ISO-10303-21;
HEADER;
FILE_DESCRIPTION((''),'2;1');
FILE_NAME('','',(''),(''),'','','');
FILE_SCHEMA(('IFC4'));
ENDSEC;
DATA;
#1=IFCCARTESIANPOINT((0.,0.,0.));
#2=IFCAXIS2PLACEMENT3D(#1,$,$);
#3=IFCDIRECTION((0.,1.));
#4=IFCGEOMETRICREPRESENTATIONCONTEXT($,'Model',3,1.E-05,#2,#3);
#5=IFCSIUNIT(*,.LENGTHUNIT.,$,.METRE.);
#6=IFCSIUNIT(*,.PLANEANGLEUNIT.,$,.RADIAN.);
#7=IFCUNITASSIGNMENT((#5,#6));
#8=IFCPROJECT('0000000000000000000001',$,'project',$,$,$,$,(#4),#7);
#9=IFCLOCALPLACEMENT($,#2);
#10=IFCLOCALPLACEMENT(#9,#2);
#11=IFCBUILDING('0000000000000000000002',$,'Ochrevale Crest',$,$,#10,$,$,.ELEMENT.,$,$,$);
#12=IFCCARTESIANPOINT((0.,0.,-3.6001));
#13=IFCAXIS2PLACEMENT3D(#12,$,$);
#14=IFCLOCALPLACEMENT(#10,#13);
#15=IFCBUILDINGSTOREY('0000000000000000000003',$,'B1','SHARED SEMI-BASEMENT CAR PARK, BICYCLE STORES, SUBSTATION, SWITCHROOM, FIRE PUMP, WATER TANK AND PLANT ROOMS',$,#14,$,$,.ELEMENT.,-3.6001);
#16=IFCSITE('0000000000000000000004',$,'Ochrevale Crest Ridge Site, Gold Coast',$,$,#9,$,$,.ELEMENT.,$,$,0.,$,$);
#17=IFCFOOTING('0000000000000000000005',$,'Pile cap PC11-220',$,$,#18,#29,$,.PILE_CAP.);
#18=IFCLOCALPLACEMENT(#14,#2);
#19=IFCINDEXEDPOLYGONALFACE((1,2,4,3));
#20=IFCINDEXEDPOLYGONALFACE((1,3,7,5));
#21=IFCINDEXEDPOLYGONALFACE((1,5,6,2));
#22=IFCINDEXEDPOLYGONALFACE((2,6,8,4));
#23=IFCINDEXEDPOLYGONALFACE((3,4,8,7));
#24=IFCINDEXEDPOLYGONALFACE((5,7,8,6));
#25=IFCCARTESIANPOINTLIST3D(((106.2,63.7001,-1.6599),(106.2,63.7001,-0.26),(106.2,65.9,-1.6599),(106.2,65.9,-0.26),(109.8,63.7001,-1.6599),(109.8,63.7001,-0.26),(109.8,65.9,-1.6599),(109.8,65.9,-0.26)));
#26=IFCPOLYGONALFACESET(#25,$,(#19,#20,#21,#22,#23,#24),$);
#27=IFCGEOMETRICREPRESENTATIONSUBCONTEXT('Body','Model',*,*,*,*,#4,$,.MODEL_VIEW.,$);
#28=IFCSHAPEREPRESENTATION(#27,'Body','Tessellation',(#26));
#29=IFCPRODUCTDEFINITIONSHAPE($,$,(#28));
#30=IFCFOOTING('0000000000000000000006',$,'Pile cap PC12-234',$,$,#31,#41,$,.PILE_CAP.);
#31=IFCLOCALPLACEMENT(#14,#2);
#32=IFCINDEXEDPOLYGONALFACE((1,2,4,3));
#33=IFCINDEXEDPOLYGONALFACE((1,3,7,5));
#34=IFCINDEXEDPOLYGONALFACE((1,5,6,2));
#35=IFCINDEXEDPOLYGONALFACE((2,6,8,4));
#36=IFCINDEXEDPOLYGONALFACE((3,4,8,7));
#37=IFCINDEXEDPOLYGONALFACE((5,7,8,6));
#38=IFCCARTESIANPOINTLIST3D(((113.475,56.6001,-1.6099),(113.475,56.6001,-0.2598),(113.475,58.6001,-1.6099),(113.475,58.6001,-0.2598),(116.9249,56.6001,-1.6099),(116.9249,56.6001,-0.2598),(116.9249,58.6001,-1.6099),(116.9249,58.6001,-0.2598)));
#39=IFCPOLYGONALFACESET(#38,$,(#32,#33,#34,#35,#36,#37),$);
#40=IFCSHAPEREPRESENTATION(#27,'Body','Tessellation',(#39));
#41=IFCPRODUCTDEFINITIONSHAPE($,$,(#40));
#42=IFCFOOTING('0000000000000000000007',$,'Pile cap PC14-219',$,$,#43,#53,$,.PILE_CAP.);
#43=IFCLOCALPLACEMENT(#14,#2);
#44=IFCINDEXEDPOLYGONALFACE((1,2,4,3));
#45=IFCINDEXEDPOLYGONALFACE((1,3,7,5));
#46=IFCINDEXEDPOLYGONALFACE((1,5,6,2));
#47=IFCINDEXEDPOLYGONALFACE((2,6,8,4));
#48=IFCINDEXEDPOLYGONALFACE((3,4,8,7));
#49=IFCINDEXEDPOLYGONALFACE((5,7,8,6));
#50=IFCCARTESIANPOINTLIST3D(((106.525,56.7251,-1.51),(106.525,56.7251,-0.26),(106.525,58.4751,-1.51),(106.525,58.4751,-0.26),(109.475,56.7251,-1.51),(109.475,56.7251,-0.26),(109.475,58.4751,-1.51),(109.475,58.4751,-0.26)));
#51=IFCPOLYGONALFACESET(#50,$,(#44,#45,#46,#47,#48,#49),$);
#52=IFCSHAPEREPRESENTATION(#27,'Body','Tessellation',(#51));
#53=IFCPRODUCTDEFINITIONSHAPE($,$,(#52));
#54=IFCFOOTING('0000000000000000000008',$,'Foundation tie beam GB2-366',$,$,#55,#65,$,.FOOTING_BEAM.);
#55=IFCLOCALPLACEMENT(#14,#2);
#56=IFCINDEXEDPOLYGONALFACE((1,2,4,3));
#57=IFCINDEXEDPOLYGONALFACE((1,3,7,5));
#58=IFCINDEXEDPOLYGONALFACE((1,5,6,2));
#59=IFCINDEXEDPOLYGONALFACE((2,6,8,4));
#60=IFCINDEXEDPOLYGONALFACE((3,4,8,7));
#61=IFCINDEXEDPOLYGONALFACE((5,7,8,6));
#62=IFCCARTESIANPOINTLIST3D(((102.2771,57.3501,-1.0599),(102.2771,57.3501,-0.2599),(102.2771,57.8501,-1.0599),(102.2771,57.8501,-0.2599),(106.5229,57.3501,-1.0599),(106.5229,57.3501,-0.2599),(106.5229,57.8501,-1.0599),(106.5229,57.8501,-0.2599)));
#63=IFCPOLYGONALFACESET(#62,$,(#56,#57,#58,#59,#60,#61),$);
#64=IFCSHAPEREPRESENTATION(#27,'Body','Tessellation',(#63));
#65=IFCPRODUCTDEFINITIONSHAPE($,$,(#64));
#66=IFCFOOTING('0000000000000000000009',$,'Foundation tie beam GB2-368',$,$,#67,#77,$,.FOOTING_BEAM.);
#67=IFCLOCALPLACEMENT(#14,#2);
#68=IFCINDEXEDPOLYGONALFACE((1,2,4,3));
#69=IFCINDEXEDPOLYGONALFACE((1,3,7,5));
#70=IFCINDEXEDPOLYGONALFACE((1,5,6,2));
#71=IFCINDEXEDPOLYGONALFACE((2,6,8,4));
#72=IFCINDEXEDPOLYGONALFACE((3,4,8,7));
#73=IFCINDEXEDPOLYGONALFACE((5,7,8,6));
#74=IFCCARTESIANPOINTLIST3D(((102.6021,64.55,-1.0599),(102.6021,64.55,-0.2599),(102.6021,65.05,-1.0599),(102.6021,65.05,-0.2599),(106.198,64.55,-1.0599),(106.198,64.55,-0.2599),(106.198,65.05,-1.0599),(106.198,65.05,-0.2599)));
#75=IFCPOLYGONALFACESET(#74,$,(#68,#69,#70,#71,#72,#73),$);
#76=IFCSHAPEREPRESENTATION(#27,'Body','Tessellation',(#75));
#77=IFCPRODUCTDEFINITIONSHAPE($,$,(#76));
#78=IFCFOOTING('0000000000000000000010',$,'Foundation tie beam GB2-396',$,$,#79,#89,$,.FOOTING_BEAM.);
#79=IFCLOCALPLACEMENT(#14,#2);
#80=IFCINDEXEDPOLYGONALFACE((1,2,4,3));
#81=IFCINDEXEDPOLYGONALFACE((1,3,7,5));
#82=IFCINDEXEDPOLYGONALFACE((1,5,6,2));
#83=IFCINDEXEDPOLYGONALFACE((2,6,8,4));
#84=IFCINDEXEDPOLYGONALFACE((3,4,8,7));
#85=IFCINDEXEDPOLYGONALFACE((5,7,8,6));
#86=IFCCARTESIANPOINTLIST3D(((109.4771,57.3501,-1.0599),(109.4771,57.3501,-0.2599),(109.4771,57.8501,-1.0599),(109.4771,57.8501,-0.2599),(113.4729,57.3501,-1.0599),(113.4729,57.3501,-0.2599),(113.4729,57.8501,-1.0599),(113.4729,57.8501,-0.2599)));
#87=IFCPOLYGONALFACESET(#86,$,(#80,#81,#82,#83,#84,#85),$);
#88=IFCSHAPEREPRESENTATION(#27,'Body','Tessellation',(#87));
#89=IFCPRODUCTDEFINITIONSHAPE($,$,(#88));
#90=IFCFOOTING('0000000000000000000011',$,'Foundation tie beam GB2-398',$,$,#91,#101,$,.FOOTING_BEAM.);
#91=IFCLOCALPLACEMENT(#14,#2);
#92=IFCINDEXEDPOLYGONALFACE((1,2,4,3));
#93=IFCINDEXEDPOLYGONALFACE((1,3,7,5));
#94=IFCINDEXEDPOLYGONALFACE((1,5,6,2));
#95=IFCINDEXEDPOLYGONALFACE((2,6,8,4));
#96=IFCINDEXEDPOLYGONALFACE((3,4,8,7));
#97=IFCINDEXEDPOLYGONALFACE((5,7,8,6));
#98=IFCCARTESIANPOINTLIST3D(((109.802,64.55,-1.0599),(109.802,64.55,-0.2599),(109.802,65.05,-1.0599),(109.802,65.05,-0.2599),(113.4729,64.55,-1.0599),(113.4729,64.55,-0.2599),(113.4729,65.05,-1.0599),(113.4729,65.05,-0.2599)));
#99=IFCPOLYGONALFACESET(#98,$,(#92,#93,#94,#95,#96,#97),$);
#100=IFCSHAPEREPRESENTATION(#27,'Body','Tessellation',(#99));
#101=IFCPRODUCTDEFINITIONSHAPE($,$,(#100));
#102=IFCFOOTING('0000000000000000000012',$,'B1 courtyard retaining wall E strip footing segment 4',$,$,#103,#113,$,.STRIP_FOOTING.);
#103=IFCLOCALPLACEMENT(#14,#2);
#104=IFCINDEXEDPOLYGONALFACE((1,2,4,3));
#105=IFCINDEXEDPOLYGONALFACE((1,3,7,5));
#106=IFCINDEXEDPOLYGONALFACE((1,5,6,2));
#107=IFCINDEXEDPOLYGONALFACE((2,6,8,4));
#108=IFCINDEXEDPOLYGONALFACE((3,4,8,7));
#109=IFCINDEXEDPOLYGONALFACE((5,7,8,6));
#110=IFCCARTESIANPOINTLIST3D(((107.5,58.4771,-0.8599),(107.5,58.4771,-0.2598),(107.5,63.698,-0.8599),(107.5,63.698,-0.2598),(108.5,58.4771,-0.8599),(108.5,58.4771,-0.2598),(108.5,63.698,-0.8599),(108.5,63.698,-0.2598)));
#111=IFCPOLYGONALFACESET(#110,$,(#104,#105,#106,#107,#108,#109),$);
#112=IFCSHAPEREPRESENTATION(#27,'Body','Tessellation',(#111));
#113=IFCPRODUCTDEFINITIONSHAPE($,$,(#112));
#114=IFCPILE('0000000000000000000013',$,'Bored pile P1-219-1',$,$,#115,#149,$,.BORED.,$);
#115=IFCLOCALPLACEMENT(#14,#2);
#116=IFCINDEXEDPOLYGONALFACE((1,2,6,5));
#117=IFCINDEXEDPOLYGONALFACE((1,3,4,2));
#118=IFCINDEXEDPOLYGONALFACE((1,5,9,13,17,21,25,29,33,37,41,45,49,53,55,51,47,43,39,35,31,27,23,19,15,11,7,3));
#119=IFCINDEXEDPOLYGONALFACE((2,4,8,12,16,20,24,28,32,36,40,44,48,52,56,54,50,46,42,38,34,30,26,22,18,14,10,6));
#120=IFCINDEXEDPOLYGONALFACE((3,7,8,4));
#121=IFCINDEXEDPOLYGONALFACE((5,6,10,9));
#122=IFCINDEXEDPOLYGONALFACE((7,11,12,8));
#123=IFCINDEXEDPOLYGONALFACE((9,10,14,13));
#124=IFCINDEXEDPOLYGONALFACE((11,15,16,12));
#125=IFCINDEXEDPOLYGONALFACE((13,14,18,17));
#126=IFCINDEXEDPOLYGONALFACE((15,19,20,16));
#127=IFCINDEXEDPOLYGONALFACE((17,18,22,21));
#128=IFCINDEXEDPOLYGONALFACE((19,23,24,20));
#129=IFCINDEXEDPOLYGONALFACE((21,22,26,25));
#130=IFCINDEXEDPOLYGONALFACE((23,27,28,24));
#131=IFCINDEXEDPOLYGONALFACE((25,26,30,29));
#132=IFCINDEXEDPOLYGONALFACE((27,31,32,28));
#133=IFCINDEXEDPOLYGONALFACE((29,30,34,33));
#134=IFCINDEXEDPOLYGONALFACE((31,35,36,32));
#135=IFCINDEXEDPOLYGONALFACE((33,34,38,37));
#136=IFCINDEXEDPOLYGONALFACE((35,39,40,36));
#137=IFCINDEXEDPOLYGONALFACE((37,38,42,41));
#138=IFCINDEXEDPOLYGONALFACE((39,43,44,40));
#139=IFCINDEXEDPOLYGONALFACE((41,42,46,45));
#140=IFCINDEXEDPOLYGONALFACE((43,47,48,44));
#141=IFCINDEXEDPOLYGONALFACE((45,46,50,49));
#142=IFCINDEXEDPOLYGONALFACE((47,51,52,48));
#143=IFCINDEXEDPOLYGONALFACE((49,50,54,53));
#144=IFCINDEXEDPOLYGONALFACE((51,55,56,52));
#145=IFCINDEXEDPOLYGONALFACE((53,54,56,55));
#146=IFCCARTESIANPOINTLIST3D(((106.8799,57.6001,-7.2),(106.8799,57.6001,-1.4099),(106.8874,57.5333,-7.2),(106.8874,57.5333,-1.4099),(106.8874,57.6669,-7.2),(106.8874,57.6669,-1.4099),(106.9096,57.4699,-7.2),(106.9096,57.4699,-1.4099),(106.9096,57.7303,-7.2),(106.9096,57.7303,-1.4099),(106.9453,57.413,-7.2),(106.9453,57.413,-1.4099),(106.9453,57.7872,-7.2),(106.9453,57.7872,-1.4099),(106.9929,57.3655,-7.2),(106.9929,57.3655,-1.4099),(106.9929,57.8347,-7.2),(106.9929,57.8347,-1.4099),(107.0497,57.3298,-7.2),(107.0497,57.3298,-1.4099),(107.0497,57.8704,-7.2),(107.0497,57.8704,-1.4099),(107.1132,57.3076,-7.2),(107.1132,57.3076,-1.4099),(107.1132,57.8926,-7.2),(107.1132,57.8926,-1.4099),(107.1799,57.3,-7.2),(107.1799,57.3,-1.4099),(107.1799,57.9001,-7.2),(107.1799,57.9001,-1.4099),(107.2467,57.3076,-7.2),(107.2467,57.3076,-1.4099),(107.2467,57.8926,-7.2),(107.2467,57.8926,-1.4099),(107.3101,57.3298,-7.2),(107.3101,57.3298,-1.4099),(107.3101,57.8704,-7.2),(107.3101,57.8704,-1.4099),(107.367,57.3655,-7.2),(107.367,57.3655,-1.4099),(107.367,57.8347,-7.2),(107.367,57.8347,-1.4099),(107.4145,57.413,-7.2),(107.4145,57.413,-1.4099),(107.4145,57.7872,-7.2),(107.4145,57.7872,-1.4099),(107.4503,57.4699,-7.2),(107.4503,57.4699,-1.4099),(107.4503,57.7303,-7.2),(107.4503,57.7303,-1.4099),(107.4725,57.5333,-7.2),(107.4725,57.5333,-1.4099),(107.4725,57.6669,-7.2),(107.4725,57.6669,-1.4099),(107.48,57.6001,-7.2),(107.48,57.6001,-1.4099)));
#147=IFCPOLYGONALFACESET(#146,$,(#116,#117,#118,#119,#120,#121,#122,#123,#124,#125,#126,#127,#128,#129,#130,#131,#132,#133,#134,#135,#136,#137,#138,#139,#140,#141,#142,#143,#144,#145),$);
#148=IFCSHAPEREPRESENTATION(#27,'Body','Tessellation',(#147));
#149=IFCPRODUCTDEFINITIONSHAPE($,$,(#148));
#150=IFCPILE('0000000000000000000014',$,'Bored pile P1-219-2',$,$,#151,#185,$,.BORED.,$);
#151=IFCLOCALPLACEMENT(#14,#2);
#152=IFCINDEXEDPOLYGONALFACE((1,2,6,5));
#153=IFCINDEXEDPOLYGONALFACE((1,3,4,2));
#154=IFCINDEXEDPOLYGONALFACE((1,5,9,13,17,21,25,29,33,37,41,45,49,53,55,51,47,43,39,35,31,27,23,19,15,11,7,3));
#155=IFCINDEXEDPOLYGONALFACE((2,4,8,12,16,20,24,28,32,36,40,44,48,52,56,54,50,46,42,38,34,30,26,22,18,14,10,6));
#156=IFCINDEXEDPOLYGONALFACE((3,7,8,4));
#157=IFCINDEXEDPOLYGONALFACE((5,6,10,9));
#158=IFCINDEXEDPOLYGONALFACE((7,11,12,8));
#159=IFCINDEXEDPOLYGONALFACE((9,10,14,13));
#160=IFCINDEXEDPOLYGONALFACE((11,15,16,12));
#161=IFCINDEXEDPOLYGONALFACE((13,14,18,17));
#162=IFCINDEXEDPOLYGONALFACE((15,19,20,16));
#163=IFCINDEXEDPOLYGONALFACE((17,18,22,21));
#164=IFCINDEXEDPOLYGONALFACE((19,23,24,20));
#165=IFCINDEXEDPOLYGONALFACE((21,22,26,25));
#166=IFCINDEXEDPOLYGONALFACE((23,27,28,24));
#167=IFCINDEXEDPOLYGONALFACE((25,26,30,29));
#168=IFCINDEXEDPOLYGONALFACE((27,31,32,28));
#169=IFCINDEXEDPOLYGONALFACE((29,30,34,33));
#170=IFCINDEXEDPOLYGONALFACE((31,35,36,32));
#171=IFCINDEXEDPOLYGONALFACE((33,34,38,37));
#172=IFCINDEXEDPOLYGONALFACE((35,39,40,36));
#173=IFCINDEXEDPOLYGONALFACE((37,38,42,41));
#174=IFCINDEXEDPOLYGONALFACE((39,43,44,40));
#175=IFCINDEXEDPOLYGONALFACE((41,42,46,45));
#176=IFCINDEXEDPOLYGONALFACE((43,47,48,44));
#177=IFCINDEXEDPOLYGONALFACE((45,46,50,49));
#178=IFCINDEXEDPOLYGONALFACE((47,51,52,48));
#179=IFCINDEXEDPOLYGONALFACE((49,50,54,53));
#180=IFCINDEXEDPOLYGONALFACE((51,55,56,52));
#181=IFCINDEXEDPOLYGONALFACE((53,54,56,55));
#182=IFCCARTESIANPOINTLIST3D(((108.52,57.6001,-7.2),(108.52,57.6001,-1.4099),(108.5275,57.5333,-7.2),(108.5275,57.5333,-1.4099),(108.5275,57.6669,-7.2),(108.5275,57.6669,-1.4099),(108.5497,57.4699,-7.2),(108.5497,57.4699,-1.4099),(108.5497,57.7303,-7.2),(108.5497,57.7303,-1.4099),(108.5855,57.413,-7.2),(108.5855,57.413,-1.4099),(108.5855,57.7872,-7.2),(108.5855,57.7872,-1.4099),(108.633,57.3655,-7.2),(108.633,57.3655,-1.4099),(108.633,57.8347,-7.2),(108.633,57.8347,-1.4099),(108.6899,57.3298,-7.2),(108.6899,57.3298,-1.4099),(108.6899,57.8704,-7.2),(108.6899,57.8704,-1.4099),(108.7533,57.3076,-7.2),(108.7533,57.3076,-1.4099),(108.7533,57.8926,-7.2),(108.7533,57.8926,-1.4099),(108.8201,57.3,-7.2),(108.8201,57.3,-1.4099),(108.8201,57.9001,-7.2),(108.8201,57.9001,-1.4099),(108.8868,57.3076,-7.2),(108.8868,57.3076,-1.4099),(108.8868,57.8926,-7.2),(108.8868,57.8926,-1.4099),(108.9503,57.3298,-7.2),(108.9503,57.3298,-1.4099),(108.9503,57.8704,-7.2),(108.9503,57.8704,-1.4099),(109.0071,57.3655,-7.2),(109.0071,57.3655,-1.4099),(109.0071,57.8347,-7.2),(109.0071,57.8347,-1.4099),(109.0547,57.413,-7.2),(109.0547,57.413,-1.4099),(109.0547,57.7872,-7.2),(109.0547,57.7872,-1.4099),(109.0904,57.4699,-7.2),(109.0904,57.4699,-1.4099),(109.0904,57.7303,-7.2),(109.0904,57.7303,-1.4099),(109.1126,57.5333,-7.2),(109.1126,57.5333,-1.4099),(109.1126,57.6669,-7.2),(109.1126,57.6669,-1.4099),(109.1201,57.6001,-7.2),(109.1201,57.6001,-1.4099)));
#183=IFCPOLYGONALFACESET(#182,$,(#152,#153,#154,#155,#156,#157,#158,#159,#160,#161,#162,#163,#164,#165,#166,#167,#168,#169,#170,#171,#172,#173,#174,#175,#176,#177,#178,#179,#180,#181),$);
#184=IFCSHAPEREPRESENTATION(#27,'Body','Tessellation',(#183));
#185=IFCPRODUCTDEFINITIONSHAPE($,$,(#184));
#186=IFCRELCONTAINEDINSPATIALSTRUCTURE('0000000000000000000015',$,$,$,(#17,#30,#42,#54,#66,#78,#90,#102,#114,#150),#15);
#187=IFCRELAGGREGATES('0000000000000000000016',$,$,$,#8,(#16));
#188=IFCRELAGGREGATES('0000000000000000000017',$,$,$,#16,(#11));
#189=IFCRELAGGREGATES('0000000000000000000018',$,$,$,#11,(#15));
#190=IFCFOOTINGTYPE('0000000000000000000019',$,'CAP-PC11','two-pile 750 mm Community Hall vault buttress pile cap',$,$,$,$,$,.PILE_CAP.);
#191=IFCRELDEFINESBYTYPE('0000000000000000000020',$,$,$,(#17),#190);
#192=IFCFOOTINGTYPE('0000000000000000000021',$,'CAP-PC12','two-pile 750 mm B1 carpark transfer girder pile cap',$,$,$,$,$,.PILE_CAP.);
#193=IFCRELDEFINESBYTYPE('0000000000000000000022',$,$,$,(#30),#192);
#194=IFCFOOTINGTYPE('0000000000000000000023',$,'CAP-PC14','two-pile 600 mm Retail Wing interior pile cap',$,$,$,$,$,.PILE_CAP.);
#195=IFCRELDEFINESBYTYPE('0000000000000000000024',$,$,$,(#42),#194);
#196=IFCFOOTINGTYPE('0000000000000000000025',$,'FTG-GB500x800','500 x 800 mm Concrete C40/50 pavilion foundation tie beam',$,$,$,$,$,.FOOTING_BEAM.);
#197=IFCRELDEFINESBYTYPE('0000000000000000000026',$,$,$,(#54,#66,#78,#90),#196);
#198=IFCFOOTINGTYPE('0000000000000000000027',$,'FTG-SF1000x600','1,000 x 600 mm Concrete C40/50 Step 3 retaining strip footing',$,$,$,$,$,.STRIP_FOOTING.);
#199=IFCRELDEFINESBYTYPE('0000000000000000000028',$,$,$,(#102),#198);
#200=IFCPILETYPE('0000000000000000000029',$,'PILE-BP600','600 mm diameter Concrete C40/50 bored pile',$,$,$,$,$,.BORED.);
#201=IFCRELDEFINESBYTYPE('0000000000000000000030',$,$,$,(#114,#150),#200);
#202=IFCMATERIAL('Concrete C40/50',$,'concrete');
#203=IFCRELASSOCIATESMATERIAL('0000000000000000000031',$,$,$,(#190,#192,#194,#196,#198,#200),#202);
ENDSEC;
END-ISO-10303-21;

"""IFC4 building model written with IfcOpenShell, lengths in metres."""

from ifc_helpers import new_model, si_unit, direction, frame, origin, origin_2d, place, context, subcontext, project, spatial, rectangle, circle, extrude, material, material_profile, profile_set, type_object, element, save


model = new_model("IFC4")

# Units and contexts
model_context = context("Model", 3, precision=1e-05, world=origin(), true_north=direction((0.0, 1.0)))
body_context = subcontext(model_context, "Body", "Model", "MODEL_VIEW")
ifc_project = project(units=[si_unit("LENGTHUNIT", "METRE"), si_unit("PLANEANGLEUNIT", "RADIAN")], contexts=[model_context])

# Site, building, storey
site_placement = place(None, origin())
site = spatial("IfcSite", under=ifc_project, at=site_placement, Name="Ochrevale Crest Ridge Site, Gold Coast", CompositionType="ELEMENT", RefElevation=0.0)
building_placement = place(site_placement, origin())
building = spatial("IfcBuilding", under=site, at=building_placement, Name="Ochrevale Crest", CompositionType="ELEMENT")
storey_placement = place(building_placement, frame((0.0, 0.0, -3.6001)))
storey = spatial("IfcBuildingStorey", under=building, at=storey_placement, Name="B1", Description="SHARED SEMI-BASEMENT CAR PARK, BICYCLE STORES, SUBSTATION, SWITCHROOM, FIRE PUMP, WATER TANK AND PLANT ROOMS", CompositionType="ELEMENT", Elevation=-3.6001)

# Footings
ifc_material_1 = material(Name="Concrete C40/50", Category="concrete")
footing_type_1 = type_object("IfcFootingType", Name="CAP-PC11", Description="two-pile 750 mm Community Hall vault buttress pile cap", PredefinedType="PILE_CAP", material=ifc_material_1)
footing_1_placement = place(storey_placement, frame((108.0, 64.8, -1.6599), z_axis=(0.0, 0.0, 1.0), x_axis=(1.0, 0.0, 0.0)))
element("IfcFooting", 1, at=footing_1_placement, inside=storey, type_object=footing_type_1, Name="Pile cap PC11-220", PredefinedType="PILE_CAP", context=body_context, shape_type="SweptSolid", body=[
    extrude(rectangle(XDim=3.6001, YDim=2.2, at=origin_2d()), origin(), (0.0, 0.0, 1.0), 1.3999),
])
footing_type_2 = type_object("IfcFootingType", Name="CAP-PC12", Description="two-pile 750 mm B1 carpark transfer girder pile cap", PredefinedType="PILE_CAP", material=ifc_material_1)
footing_2_placement = place(storey_placement, frame((115.2, 57.6001, -1.6099), z_axis=(0.0, 0.0, 1.0), x_axis=(1.0, 0.0, 0.0)))
element("IfcFooting", 2, at=footing_2_placement, inside=storey, type_object=footing_type_2, Name="Pile cap PC12-234", PredefinedType="PILE_CAP", context=body_context, shape_type="SweptSolid", body=[
    extrude(rectangle(XDim=3.45, YDim=2.0, at=origin_2d()), origin(), (0.0, 0.0, 1.0), 1.3501),
])
footing_type_3 = type_object("IfcFootingType", Name="CAP-PC14", Description="two-pile 600 mm Retail Wing interior pile cap", PredefinedType="PILE_CAP", material=ifc_material_1)
footing_3_placement = place(storey_placement, frame((108.0, 57.6001, -1.51), z_axis=(0.0, 0.0, 1.0), x_axis=(1.0, 0.0, 0.0)))
element("IfcFooting", 3, at=footing_3_placement, inside=storey, type_object=footing_type_3, Name="Pile cap PC14-219", PredefinedType="PILE_CAP", context=body_context, shape_type="SweptSolid", body=[
    extrude(rectangle(XDim=2.95, YDim=1.75, at=origin_2d()), origin(), (0.0, 0.0, 1.0), 1.25),
])
ifc_material_profile_1 = material_profile(ifc_material_1, rectangle(XDim=0.5, YDim=0.8, at=origin_2d()), Name="GB 500x800")
ifc_profile_set_1 = profile_set([ifc_material_profile_1], Name="Concrete C40/50")
footing_type_4 = type_object("IfcFootingType", Name="FTG-GB500x800", Description="500 x 800 mm Concrete C40/50 pavilion foundation tie beam", PredefinedType="FOOTING_BEAM", material=ifc_profile_set_1)
footing_4_placement = place(storey_placement, frame((102.2771, 57.6001, -0.6599), z_axis=(1.0, 0.0, 0.0), x_axis=(0.0, 1.0, 0.0)))
element("IfcFooting", 4, at=footing_4_placement, inside=storey, type_object=footing_type_4, Name="Foundation tie beam GB2-366", PredefinedType="FOOTING_BEAM", context=body_context, shape_type="SweptSolid", body=[
    extrude(rectangle(XDim=0.5, YDim=0.8, at=origin_2d()), origin(), (0.0, 0.0, 1.0), 4.2458),
])
footing_5_placement = place(storey_placement, frame((102.6021, 64.8, -0.6599), z_axis=(1.0, 0.0, 0.0), x_axis=(0.0, 1.0, 0.0)))
element("IfcFooting", 5, at=footing_5_placement, inside=storey, type_object=footing_type_4, Name="Foundation tie beam GB2-368", PredefinedType="FOOTING_BEAM", context=body_context, shape_type="SweptSolid", body=[
    extrude(rectangle(XDim=0.5, YDim=0.8, at=origin_2d()), origin(), (0.0, 0.0, 1.0), 3.5959),
])
footing_6_placement = place(storey_placement, frame((109.4771, 57.6001, -0.6599), z_axis=(1.0, 0.0, 0.0), x_axis=(0.0, 1.0, 0.0)))
element("IfcFooting", 6, at=footing_6_placement, inside=storey, type_object=footing_type_4, Name="Foundation tie beam GB2-396", PredefinedType="FOOTING_BEAM", context=body_context, shape_type="SweptSolid", body=[
    extrude(rectangle(XDim=0.5, YDim=0.8, at=origin_2d()), origin(), (0.0, 0.0, 1.0), 3.9958),
])
footing_7_placement = place(storey_placement, frame((109.802, 64.8, -0.6599), z_axis=(1.0, 0.0, 0.0), x_axis=(0.0, 1.0, 0.0)))
element("IfcFooting", 7, at=footing_7_placement, inside=storey, type_object=footing_type_4, Name="Foundation tie beam GB2-398", PredefinedType="FOOTING_BEAM", context=body_context, shape_type="SweptSolid", body=[
    extrude(rectangle(XDim=0.5, YDim=0.8, at=origin_2d()), origin(), (0.0, 0.0, 1.0), 3.6709),
])
ifc_material_profile_2 = material_profile(ifc_material_1, rectangle(XDim=1.0, YDim=0.6001, at=origin_2d()), Name="SF 1000x600")
ifc_profile_set_2 = profile_set([ifc_material_profile_2], Name="Concrete C40/50")
footing_type_5 = type_object("IfcFootingType", Name="FTG-SF1000x600", Description="1,000 x 600 mm Concrete C40/50 Step 3 retaining strip footing", PredefinedType="STRIP_FOOTING", material=ifc_profile_set_2)
footing_8_placement = place(storey_placement, frame((108.0, 58.4771, -0.5598), z_axis=(0.0, 1.0, 0.0), x_axis=(-1.0, 0.0, 0.0)))
element("IfcFooting", 8, at=footing_8_placement, inside=storey, type_object=footing_type_5, Name="B1 courtyard retaining wall E strip footing segment 4", PredefinedType="STRIP_FOOTING", context=body_context, shape_type="SweptSolid", body=[
    extrude(rectangle(XDim=1.0, YDim=0.6001, at=origin_2d()), origin(), (0.0, 0.0, 1.0), 5.2209),
])

# Piles
ifc_material_profile_3 = material_profile(ifc_material_1, circle(Radius=0.3, at=origin_2d()), Name="BORED PILE 600")
ifc_profile_set_3 = profile_set([ifc_material_profile_3], Name="Concrete C40/50")
pile_type_1 = type_object("IfcPileType", Name="PILE-BP600", Description="600 mm diameter Concrete C40/50 bored pile", PredefinedType="BORED", material=ifc_profile_set_3)
for number, where, z_axis, x_axis, name in (
    (9, (107.1799, 57.6001, -1.4099), (0.0, 0.0, -1.0), (1.0, 0.0, 0.0), "Bored pile P1-219-1"),
    (10, (108.8201, 57.6001, -1.4099), (0.0, 0.0, -1.0), (1.0, 0.0, 0.0), "Bored pile P1-219-2"),
):
    element("IfcPile", number, at=place(storey_placement, frame(where, z_axis=z_axis, x_axis=x_axis)), inside=storey, type_object=pile_type_1, Name=name, PredefinedType="BORED", context=body_context, shape_type="SweptSolid", body=[
        extrude(circle(Radius=0.3, at=origin_2d()), origin(), (0.0, 0.0, 1.0), 5.79),
    ])

save(model, "model.ifc")
